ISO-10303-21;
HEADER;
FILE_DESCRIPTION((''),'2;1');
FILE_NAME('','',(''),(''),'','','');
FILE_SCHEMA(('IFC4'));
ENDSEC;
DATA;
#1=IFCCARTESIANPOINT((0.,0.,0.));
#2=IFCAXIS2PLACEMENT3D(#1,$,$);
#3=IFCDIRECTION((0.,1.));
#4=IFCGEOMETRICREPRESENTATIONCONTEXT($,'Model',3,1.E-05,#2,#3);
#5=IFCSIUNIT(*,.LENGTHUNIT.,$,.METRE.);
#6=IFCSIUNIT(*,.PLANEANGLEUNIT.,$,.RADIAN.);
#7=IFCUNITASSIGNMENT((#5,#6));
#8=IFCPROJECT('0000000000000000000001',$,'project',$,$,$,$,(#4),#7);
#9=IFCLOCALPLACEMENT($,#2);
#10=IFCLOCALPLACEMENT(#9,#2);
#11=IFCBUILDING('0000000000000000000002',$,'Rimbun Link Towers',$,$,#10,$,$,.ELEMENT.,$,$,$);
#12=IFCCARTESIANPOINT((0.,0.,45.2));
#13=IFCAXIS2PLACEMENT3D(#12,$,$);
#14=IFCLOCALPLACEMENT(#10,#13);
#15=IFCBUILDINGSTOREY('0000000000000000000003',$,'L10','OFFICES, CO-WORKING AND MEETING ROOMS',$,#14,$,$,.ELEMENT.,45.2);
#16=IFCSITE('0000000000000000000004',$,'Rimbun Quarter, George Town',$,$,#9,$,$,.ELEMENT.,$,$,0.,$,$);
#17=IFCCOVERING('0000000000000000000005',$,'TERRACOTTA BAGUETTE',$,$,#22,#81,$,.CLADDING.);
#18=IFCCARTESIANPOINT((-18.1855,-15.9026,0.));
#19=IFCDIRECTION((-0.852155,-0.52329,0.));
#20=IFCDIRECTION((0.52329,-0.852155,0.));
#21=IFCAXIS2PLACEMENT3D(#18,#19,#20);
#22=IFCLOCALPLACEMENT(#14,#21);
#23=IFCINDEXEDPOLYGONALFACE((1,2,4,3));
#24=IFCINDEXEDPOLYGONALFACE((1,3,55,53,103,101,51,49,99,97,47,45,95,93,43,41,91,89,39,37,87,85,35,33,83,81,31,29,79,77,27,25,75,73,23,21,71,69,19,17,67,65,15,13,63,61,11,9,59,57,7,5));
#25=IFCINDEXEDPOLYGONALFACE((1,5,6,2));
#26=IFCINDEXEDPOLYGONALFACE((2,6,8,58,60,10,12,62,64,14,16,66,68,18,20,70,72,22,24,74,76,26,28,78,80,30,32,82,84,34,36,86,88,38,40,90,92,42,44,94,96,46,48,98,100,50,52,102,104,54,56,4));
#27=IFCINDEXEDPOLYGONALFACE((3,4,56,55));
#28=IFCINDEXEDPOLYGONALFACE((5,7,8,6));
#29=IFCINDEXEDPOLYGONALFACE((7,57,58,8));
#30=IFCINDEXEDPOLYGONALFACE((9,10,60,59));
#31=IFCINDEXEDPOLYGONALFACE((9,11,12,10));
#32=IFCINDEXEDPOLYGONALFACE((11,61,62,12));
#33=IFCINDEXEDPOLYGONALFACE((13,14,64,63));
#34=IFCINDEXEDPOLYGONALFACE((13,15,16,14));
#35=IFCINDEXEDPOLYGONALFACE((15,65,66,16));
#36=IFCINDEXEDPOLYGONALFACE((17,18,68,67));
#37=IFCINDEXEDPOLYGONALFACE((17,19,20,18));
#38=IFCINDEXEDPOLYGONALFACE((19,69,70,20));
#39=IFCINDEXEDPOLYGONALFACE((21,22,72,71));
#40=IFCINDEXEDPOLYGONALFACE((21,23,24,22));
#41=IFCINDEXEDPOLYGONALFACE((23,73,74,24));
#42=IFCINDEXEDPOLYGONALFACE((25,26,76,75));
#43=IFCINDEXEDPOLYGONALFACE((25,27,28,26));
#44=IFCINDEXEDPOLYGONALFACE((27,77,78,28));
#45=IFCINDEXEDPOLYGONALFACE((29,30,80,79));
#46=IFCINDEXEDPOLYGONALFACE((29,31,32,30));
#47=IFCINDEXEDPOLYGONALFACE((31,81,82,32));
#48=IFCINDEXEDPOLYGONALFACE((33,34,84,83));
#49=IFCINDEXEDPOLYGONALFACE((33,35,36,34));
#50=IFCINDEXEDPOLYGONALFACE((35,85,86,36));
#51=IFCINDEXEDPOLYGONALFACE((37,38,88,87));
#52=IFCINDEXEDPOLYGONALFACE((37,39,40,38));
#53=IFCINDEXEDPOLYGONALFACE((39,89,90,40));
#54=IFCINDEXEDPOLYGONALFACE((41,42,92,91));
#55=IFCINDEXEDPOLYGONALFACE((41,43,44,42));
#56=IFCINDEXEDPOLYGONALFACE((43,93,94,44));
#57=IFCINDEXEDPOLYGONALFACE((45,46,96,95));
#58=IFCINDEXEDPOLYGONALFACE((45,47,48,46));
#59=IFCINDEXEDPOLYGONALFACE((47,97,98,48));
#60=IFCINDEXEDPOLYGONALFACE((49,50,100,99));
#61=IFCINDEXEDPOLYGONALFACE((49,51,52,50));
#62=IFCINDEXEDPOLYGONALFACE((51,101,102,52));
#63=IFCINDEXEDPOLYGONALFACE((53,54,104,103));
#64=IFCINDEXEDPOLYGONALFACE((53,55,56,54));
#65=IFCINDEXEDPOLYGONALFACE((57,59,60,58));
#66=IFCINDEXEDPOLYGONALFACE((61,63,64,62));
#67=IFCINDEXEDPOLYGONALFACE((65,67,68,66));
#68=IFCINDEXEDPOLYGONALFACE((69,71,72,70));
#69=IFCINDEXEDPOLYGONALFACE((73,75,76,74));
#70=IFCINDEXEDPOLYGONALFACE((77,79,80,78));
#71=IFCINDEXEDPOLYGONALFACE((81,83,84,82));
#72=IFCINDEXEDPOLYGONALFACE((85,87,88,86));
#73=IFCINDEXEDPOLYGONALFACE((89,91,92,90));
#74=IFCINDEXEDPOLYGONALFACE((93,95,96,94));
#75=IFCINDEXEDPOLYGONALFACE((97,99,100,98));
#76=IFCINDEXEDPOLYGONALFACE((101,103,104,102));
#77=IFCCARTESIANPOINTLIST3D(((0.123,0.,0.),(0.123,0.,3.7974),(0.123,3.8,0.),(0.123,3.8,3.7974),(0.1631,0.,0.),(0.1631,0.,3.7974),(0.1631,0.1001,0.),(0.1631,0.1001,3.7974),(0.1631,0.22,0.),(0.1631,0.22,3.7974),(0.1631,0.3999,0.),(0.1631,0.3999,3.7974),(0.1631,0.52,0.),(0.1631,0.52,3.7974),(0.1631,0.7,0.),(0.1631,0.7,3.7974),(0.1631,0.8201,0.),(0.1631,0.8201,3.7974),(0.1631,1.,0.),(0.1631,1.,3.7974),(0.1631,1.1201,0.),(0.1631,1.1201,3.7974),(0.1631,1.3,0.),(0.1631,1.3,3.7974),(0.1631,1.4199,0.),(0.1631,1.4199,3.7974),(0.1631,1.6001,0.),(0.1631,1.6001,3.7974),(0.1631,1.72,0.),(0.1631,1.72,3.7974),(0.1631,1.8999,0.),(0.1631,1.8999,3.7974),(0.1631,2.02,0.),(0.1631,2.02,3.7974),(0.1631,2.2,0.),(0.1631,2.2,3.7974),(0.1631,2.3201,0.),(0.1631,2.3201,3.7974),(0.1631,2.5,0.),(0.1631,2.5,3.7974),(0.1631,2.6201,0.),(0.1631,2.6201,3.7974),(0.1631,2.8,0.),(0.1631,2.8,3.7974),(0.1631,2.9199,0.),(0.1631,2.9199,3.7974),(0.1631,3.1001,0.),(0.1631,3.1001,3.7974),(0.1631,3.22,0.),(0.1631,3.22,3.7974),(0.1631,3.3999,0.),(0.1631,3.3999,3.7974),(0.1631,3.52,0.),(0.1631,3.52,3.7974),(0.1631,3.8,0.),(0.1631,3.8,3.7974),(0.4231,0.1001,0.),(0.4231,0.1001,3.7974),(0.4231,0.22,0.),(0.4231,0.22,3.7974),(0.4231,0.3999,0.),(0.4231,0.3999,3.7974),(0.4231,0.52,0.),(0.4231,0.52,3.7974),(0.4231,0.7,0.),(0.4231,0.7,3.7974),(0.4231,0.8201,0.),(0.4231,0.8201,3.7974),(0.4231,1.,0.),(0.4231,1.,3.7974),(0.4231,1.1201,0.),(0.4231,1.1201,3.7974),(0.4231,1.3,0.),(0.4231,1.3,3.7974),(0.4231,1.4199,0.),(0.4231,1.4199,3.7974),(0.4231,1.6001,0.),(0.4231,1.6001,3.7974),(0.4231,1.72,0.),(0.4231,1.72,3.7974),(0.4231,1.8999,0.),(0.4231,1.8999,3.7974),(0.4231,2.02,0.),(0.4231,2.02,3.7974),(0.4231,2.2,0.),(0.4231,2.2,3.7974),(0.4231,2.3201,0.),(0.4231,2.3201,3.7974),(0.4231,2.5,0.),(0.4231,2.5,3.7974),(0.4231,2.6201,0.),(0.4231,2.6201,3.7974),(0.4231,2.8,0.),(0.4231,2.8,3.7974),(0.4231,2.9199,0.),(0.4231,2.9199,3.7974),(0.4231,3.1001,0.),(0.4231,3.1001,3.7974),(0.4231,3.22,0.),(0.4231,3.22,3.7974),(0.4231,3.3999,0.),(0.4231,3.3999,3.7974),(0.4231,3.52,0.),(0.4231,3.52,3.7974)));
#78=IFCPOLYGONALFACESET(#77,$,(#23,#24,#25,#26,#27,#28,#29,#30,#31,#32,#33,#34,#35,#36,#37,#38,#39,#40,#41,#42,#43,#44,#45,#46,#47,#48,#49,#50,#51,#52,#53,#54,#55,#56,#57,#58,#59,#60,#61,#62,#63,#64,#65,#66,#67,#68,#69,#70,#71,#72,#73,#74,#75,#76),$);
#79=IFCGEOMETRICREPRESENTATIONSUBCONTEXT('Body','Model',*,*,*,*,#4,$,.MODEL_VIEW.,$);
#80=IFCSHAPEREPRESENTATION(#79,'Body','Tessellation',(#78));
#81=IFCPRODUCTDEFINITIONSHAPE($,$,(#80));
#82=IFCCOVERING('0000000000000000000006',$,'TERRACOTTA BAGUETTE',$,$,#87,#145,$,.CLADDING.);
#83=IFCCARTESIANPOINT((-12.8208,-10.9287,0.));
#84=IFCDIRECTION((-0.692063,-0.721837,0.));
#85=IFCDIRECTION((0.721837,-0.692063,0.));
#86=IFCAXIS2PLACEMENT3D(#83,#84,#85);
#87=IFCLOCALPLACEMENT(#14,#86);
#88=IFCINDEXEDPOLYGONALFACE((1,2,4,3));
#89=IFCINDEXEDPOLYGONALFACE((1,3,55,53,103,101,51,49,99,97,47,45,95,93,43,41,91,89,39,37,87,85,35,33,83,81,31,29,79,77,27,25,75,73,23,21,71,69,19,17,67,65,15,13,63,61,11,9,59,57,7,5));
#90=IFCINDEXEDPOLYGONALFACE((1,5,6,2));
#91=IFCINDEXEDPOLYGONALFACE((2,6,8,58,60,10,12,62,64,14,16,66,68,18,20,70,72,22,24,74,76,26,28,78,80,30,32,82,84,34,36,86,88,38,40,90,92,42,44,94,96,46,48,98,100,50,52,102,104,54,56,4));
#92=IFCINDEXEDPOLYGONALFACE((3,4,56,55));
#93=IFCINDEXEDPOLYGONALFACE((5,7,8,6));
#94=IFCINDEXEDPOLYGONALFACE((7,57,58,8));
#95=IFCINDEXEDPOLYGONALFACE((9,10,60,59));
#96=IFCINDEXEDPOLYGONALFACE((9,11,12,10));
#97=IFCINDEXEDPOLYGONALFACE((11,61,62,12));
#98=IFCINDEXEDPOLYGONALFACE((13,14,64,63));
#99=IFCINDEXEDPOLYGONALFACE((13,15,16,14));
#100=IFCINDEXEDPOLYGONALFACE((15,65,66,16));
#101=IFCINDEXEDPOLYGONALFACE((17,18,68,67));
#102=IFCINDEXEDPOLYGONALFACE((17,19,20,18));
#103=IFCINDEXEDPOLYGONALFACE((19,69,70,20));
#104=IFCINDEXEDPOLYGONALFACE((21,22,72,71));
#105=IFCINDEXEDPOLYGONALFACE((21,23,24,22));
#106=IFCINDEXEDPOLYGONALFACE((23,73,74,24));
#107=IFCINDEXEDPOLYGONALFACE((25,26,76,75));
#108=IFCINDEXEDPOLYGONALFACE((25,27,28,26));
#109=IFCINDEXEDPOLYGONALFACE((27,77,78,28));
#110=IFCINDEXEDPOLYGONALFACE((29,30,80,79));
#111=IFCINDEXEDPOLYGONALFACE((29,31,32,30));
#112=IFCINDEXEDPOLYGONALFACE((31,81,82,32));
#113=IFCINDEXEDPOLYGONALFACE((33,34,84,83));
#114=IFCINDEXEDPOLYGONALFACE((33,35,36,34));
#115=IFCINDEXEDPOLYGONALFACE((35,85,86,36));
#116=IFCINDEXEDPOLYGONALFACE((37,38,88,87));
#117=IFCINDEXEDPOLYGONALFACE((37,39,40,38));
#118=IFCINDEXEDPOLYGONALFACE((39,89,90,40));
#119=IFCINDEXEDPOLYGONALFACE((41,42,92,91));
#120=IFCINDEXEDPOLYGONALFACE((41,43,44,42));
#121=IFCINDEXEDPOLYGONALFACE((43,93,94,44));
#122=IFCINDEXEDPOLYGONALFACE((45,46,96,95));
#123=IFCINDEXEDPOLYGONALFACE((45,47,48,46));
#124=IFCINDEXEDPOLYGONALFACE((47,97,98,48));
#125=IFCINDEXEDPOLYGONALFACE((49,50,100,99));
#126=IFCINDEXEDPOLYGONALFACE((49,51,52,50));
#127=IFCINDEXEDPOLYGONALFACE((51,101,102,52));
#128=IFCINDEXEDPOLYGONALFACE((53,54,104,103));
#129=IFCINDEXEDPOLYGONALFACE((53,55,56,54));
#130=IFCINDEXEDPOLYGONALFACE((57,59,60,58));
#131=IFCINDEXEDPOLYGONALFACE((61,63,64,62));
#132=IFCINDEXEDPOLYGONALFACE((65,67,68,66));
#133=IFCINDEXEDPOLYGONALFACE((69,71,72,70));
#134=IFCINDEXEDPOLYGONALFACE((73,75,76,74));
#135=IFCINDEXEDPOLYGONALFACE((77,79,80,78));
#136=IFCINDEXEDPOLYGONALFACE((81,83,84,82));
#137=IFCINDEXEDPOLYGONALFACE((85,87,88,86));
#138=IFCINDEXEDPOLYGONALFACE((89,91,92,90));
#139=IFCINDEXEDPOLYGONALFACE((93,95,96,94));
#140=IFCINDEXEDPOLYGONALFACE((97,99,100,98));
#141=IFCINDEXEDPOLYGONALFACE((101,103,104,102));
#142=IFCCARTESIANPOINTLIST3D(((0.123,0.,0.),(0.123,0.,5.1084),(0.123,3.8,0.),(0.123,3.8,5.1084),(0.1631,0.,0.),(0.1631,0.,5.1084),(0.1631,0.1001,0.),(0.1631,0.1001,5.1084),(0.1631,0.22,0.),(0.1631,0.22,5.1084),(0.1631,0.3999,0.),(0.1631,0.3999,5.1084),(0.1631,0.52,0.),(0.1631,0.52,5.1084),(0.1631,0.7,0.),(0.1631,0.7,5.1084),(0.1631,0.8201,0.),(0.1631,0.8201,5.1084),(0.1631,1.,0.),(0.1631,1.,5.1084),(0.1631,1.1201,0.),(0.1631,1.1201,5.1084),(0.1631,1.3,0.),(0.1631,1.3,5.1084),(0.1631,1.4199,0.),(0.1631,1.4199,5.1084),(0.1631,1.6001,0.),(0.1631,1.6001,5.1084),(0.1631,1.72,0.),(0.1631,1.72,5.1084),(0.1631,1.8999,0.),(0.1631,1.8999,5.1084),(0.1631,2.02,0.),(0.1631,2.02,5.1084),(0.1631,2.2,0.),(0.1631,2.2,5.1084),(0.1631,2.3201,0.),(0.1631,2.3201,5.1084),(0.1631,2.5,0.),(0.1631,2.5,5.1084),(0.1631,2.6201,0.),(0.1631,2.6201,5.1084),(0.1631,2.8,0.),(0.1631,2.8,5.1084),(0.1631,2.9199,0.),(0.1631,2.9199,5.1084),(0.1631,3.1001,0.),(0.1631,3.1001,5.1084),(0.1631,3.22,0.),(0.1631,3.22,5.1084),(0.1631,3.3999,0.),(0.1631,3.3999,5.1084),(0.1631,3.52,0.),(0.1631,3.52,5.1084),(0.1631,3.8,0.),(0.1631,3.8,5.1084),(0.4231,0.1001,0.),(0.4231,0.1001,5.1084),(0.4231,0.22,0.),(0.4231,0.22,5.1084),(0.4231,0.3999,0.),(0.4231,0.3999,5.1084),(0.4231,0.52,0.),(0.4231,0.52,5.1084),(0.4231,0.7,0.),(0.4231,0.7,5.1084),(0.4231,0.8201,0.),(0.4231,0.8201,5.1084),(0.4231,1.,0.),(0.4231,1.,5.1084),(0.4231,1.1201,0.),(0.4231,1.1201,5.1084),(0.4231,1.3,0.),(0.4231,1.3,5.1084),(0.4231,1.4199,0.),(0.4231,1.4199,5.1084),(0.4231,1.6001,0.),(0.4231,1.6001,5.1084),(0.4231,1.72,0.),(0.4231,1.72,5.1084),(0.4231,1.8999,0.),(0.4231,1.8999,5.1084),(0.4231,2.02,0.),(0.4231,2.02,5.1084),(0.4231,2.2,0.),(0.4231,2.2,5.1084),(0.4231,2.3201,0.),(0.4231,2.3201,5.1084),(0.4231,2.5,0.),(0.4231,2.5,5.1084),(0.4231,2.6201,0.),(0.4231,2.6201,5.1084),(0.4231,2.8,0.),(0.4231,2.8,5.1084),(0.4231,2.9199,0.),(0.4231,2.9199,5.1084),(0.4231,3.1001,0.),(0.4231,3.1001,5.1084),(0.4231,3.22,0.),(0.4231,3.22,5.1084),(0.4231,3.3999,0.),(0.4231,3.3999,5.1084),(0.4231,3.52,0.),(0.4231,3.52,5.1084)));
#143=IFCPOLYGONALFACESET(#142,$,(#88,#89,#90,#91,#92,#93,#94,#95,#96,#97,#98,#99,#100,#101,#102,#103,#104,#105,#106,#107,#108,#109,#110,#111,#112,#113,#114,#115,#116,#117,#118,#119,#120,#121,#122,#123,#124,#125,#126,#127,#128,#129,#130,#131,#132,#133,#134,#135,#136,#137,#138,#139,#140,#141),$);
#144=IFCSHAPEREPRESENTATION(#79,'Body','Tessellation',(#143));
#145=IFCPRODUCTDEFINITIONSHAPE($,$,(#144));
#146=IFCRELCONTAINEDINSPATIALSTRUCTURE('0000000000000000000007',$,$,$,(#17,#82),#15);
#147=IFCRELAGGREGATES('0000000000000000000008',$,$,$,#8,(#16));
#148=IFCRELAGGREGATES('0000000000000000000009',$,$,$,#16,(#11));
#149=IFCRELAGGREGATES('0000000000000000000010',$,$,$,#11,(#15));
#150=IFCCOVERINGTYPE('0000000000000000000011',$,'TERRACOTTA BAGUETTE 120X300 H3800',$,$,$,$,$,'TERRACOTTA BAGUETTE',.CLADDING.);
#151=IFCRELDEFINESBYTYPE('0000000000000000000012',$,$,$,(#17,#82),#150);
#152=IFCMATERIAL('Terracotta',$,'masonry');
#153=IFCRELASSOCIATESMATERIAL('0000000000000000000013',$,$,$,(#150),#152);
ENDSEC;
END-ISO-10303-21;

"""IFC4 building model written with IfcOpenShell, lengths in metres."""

from ifc_helpers import new_model, si_unit, direction, frame, origin, place, context, subcontext, project, spatial, polyline, outline, extrude, material, material_profile, profile_set, type_object, element, save


model = new_model("IFC4")

# Units and contexts
model_context = context("Model", 3, precision=1e-05, world=origin(), true_north=direction((0.0, 1.0)))
body_context = subcontext(model_context, "Body", "Model", "MODEL_VIEW")
ifc_project = project(units=[si_unit("LENGTHUNIT", "METRE"), si_unit("PLANEANGLEUNIT", "RADIAN")], contexts=[model_context])

# Site, building, storey
site_placement = place(None, origin())
site = spatial("IfcSite", under=ifc_project, at=site_placement, Name="Rimbun Quarter, George Town", CompositionType="ELEMENT", RefElevation=0.0)
building_placement = place(site_placement, origin())
building = spatial("IfcBuilding", under=site, at=building_placement, Name="Rimbun Link Towers", CompositionType="ELEMENT")
storey_placement = place(building_placement, frame((0.0, 0.0, 45.2)))
storey = spatial("IfcBuildingStorey", under=building, at=storey_placement, Name="L10", Description="OFFICES, CO-WORKING AND MEETING ROOMS", CompositionType="ELEMENT", Elevation=45.2)

# Coverings
ifc_material_1 = material(Name="Terracotta", Category="masonry")
ifc_material_profile_1 = material_profile(ifc_material_1, outline(polyline([(0.123, 0.0), (0.1631, 0.0), (0.1631, 0.1001), (0.4231, 0.1001), (0.4231, 0.22), (0.1631, 0.22), (0.1631, 0.3999), (0.4231, 0.3999), (0.4231, 0.52), (0.1631, 0.52), (0.1631, 0.7), (0.4231, 0.7), (0.4231, 0.8201), (0.1631, 0.8201), (0.1631, 1.0), (0.4231, 1.0), (0.4231, 1.1201), (0.1631, 1.1201), (0.1631, 1.3), (0.4231, 1.3), (0.4231, 1.4199), (0.1631, 1.4199), (0.1631, 1.6001), (0.4231, 1.6001), (0.4231, 1.72), (0.1631, 1.72), (0.1631, 1.8999), (0.4231, 1.8999), (0.4231, 2.02), (0.1631, 2.02), (0.1631, 2.2), (0.4231, 2.2), (0.4231, 2.3201), (0.1631, 2.3201), (0.1631, 2.5), (0.4231, 2.5), (0.4231, 2.6201), (0.1631, 2.6201), (0.1631, 2.8), (0.4231, 2.8), (0.4231, 2.9199), (0.1631, 2.9199), (0.1631, 3.1001), (0.4231, 3.1001), (0.4231, 3.22), (0.1631, 3.22), (0.1631, 3.3999), (0.4231, 3.3999), (0.4231, 3.52), (0.1631, 3.52), (0.1631, 3.8), (0.123, 3.8), (0.123, 0.0)])), Name="BAGUETTE 120X300")
ifc_profile_set_1 = profile_set([ifc_material_profile_1], Name="Terracotta")
covering_type = type_object("IfcCoveringType", Name="TERRACOTTA BAGUETTE 120X300 H3800", ElementType="TERRACOTTA BAGUETTE", PredefinedType="CLADDING", material=ifc_profile_set_1)
covering_1_placement = place(storey_placement, frame((-18.1855, -15.9026, 0.0), z_axis=(-0.852155, -0.52329, 0.0), x_axis=(0.52329, -0.852155, 0.0)))
element("IfcCovering", 1, at=covering_1_placement, inside=storey, type_object=covering_type, Name="TERRACOTTA BAGUETTE", PredefinedType="CLADDING", context=body_context, shape_type="SweptSolid", body=[
    extrude(outline(polyline([(0.123, 0.0), (0.1631, 0.0), (0.1631, 0.1001), (0.4231, 0.1001), (0.4231, 0.22), (0.1631, 0.22), (0.1631, 0.3999), (0.4231, 0.3999), (0.4231, 0.52), (0.1631, 0.52), (0.1631, 0.7), (0.4231, 0.7), (0.4231, 0.8201), (0.1631, 0.8201), (0.1631, 1.0), (0.4231, 1.0), (0.4231, 1.1201), (0.1631, 1.1201), (0.1631, 1.3), (0.4231, 1.3), (0.4231, 1.4199), (0.1631, 1.4199), (0.1631, 1.6001), (0.4231, 1.6001), (0.4231, 1.72), (0.1631, 1.72), (0.1631, 1.8999), (0.4231, 1.8999), (0.4231, 2.02), (0.1631, 2.02), (0.1631, 2.2), (0.4231, 2.2), (0.4231, 2.3201), (0.1631, 2.3201), (0.1631, 2.5), (0.4231, 2.5), (0.4231, 2.6201), (0.1631, 2.6201), (0.1631, 2.8), (0.4231, 2.8), (0.4231, 2.9199), (0.1631, 2.9199), (0.1631, 3.1001), (0.4231, 3.1001), (0.4231, 3.22), (0.1631, 3.22), (0.1631, 3.3999), (0.4231, 3.3999), (0.4231, 3.52), (0.1631, 3.52), (0.1631, 3.8), (0.123, 3.8), (0.123, 0.0)])), origin(), (0.0, 0.0, 1.0), 3.7974),
])
covering_2_placement = place(storey_placement, frame((-12.8208, -10.9287, 0.0), z_axis=(-0.692063, -0.721837, 0.0), x_axis=(0.721837, -0.692063, 0.0)))
element("IfcCovering", 2, at=covering_2_placement, inside=storey, type_object=covering_type, Name="TERRACOTTA BAGUETTE", PredefinedType="CLADDING", context=body_context, shape_type="SweptSolid", body=[
    extrude(outline(polyline([(0.123, 0.0), (0.1631, 0.0), (0.1631, 0.1001), (0.4231, 0.1001), (0.4231, 0.22), (0.1631, 0.22), (0.1631, 0.3999), (0.4231, 0.3999), (0.4231, 0.52), (0.1631, 0.52), (0.1631, 0.7), (0.4231, 0.7), (0.4231, 0.8201), (0.1631, 0.8201), (0.1631, 1.0), (0.4231, 1.0), (0.4231, 1.1201), (0.1631, 1.1201), (0.1631, 1.3), (0.4231, 1.3), (0.4231, 1.4199), (0.1631, 1.4199), (0.1631, 1.6001), (0.4231, 1.6001), (0.4231, 1.72), (0.1631, 1.72), (0.1631, 1.8999), (0.4231, 1.8999), (0.4231, 2.02), (0.1631, 2.02), (0.1631, 2.2), (0.4231, 2.2), (0.4231, 2.3201), (0.1631, 2.3201), (0.1631, 2.5), (0.4231, 2.5), (0.4231, 2.6201), (0.1631, 2.6201), (0.1631, 2.8), (0.4231, 2.8), (0.4231, 2.9199), (0.1631, 2.9199), (0.1631, 3.1001), (0.4231, 3.1001), (0.4231, 3.22), (0.1631, 3.22), (0.1631, 3.3999), (0.4231, 3.3999), (0.4231, 3.52), (0.1631, 3.52), (0.1631, 3.8), (0.123, 3.8), (0.123, 0.0)])), origin(), (0.0, 0.0, 1.0), 5.1084),
])

save(model, "model.ifc")
